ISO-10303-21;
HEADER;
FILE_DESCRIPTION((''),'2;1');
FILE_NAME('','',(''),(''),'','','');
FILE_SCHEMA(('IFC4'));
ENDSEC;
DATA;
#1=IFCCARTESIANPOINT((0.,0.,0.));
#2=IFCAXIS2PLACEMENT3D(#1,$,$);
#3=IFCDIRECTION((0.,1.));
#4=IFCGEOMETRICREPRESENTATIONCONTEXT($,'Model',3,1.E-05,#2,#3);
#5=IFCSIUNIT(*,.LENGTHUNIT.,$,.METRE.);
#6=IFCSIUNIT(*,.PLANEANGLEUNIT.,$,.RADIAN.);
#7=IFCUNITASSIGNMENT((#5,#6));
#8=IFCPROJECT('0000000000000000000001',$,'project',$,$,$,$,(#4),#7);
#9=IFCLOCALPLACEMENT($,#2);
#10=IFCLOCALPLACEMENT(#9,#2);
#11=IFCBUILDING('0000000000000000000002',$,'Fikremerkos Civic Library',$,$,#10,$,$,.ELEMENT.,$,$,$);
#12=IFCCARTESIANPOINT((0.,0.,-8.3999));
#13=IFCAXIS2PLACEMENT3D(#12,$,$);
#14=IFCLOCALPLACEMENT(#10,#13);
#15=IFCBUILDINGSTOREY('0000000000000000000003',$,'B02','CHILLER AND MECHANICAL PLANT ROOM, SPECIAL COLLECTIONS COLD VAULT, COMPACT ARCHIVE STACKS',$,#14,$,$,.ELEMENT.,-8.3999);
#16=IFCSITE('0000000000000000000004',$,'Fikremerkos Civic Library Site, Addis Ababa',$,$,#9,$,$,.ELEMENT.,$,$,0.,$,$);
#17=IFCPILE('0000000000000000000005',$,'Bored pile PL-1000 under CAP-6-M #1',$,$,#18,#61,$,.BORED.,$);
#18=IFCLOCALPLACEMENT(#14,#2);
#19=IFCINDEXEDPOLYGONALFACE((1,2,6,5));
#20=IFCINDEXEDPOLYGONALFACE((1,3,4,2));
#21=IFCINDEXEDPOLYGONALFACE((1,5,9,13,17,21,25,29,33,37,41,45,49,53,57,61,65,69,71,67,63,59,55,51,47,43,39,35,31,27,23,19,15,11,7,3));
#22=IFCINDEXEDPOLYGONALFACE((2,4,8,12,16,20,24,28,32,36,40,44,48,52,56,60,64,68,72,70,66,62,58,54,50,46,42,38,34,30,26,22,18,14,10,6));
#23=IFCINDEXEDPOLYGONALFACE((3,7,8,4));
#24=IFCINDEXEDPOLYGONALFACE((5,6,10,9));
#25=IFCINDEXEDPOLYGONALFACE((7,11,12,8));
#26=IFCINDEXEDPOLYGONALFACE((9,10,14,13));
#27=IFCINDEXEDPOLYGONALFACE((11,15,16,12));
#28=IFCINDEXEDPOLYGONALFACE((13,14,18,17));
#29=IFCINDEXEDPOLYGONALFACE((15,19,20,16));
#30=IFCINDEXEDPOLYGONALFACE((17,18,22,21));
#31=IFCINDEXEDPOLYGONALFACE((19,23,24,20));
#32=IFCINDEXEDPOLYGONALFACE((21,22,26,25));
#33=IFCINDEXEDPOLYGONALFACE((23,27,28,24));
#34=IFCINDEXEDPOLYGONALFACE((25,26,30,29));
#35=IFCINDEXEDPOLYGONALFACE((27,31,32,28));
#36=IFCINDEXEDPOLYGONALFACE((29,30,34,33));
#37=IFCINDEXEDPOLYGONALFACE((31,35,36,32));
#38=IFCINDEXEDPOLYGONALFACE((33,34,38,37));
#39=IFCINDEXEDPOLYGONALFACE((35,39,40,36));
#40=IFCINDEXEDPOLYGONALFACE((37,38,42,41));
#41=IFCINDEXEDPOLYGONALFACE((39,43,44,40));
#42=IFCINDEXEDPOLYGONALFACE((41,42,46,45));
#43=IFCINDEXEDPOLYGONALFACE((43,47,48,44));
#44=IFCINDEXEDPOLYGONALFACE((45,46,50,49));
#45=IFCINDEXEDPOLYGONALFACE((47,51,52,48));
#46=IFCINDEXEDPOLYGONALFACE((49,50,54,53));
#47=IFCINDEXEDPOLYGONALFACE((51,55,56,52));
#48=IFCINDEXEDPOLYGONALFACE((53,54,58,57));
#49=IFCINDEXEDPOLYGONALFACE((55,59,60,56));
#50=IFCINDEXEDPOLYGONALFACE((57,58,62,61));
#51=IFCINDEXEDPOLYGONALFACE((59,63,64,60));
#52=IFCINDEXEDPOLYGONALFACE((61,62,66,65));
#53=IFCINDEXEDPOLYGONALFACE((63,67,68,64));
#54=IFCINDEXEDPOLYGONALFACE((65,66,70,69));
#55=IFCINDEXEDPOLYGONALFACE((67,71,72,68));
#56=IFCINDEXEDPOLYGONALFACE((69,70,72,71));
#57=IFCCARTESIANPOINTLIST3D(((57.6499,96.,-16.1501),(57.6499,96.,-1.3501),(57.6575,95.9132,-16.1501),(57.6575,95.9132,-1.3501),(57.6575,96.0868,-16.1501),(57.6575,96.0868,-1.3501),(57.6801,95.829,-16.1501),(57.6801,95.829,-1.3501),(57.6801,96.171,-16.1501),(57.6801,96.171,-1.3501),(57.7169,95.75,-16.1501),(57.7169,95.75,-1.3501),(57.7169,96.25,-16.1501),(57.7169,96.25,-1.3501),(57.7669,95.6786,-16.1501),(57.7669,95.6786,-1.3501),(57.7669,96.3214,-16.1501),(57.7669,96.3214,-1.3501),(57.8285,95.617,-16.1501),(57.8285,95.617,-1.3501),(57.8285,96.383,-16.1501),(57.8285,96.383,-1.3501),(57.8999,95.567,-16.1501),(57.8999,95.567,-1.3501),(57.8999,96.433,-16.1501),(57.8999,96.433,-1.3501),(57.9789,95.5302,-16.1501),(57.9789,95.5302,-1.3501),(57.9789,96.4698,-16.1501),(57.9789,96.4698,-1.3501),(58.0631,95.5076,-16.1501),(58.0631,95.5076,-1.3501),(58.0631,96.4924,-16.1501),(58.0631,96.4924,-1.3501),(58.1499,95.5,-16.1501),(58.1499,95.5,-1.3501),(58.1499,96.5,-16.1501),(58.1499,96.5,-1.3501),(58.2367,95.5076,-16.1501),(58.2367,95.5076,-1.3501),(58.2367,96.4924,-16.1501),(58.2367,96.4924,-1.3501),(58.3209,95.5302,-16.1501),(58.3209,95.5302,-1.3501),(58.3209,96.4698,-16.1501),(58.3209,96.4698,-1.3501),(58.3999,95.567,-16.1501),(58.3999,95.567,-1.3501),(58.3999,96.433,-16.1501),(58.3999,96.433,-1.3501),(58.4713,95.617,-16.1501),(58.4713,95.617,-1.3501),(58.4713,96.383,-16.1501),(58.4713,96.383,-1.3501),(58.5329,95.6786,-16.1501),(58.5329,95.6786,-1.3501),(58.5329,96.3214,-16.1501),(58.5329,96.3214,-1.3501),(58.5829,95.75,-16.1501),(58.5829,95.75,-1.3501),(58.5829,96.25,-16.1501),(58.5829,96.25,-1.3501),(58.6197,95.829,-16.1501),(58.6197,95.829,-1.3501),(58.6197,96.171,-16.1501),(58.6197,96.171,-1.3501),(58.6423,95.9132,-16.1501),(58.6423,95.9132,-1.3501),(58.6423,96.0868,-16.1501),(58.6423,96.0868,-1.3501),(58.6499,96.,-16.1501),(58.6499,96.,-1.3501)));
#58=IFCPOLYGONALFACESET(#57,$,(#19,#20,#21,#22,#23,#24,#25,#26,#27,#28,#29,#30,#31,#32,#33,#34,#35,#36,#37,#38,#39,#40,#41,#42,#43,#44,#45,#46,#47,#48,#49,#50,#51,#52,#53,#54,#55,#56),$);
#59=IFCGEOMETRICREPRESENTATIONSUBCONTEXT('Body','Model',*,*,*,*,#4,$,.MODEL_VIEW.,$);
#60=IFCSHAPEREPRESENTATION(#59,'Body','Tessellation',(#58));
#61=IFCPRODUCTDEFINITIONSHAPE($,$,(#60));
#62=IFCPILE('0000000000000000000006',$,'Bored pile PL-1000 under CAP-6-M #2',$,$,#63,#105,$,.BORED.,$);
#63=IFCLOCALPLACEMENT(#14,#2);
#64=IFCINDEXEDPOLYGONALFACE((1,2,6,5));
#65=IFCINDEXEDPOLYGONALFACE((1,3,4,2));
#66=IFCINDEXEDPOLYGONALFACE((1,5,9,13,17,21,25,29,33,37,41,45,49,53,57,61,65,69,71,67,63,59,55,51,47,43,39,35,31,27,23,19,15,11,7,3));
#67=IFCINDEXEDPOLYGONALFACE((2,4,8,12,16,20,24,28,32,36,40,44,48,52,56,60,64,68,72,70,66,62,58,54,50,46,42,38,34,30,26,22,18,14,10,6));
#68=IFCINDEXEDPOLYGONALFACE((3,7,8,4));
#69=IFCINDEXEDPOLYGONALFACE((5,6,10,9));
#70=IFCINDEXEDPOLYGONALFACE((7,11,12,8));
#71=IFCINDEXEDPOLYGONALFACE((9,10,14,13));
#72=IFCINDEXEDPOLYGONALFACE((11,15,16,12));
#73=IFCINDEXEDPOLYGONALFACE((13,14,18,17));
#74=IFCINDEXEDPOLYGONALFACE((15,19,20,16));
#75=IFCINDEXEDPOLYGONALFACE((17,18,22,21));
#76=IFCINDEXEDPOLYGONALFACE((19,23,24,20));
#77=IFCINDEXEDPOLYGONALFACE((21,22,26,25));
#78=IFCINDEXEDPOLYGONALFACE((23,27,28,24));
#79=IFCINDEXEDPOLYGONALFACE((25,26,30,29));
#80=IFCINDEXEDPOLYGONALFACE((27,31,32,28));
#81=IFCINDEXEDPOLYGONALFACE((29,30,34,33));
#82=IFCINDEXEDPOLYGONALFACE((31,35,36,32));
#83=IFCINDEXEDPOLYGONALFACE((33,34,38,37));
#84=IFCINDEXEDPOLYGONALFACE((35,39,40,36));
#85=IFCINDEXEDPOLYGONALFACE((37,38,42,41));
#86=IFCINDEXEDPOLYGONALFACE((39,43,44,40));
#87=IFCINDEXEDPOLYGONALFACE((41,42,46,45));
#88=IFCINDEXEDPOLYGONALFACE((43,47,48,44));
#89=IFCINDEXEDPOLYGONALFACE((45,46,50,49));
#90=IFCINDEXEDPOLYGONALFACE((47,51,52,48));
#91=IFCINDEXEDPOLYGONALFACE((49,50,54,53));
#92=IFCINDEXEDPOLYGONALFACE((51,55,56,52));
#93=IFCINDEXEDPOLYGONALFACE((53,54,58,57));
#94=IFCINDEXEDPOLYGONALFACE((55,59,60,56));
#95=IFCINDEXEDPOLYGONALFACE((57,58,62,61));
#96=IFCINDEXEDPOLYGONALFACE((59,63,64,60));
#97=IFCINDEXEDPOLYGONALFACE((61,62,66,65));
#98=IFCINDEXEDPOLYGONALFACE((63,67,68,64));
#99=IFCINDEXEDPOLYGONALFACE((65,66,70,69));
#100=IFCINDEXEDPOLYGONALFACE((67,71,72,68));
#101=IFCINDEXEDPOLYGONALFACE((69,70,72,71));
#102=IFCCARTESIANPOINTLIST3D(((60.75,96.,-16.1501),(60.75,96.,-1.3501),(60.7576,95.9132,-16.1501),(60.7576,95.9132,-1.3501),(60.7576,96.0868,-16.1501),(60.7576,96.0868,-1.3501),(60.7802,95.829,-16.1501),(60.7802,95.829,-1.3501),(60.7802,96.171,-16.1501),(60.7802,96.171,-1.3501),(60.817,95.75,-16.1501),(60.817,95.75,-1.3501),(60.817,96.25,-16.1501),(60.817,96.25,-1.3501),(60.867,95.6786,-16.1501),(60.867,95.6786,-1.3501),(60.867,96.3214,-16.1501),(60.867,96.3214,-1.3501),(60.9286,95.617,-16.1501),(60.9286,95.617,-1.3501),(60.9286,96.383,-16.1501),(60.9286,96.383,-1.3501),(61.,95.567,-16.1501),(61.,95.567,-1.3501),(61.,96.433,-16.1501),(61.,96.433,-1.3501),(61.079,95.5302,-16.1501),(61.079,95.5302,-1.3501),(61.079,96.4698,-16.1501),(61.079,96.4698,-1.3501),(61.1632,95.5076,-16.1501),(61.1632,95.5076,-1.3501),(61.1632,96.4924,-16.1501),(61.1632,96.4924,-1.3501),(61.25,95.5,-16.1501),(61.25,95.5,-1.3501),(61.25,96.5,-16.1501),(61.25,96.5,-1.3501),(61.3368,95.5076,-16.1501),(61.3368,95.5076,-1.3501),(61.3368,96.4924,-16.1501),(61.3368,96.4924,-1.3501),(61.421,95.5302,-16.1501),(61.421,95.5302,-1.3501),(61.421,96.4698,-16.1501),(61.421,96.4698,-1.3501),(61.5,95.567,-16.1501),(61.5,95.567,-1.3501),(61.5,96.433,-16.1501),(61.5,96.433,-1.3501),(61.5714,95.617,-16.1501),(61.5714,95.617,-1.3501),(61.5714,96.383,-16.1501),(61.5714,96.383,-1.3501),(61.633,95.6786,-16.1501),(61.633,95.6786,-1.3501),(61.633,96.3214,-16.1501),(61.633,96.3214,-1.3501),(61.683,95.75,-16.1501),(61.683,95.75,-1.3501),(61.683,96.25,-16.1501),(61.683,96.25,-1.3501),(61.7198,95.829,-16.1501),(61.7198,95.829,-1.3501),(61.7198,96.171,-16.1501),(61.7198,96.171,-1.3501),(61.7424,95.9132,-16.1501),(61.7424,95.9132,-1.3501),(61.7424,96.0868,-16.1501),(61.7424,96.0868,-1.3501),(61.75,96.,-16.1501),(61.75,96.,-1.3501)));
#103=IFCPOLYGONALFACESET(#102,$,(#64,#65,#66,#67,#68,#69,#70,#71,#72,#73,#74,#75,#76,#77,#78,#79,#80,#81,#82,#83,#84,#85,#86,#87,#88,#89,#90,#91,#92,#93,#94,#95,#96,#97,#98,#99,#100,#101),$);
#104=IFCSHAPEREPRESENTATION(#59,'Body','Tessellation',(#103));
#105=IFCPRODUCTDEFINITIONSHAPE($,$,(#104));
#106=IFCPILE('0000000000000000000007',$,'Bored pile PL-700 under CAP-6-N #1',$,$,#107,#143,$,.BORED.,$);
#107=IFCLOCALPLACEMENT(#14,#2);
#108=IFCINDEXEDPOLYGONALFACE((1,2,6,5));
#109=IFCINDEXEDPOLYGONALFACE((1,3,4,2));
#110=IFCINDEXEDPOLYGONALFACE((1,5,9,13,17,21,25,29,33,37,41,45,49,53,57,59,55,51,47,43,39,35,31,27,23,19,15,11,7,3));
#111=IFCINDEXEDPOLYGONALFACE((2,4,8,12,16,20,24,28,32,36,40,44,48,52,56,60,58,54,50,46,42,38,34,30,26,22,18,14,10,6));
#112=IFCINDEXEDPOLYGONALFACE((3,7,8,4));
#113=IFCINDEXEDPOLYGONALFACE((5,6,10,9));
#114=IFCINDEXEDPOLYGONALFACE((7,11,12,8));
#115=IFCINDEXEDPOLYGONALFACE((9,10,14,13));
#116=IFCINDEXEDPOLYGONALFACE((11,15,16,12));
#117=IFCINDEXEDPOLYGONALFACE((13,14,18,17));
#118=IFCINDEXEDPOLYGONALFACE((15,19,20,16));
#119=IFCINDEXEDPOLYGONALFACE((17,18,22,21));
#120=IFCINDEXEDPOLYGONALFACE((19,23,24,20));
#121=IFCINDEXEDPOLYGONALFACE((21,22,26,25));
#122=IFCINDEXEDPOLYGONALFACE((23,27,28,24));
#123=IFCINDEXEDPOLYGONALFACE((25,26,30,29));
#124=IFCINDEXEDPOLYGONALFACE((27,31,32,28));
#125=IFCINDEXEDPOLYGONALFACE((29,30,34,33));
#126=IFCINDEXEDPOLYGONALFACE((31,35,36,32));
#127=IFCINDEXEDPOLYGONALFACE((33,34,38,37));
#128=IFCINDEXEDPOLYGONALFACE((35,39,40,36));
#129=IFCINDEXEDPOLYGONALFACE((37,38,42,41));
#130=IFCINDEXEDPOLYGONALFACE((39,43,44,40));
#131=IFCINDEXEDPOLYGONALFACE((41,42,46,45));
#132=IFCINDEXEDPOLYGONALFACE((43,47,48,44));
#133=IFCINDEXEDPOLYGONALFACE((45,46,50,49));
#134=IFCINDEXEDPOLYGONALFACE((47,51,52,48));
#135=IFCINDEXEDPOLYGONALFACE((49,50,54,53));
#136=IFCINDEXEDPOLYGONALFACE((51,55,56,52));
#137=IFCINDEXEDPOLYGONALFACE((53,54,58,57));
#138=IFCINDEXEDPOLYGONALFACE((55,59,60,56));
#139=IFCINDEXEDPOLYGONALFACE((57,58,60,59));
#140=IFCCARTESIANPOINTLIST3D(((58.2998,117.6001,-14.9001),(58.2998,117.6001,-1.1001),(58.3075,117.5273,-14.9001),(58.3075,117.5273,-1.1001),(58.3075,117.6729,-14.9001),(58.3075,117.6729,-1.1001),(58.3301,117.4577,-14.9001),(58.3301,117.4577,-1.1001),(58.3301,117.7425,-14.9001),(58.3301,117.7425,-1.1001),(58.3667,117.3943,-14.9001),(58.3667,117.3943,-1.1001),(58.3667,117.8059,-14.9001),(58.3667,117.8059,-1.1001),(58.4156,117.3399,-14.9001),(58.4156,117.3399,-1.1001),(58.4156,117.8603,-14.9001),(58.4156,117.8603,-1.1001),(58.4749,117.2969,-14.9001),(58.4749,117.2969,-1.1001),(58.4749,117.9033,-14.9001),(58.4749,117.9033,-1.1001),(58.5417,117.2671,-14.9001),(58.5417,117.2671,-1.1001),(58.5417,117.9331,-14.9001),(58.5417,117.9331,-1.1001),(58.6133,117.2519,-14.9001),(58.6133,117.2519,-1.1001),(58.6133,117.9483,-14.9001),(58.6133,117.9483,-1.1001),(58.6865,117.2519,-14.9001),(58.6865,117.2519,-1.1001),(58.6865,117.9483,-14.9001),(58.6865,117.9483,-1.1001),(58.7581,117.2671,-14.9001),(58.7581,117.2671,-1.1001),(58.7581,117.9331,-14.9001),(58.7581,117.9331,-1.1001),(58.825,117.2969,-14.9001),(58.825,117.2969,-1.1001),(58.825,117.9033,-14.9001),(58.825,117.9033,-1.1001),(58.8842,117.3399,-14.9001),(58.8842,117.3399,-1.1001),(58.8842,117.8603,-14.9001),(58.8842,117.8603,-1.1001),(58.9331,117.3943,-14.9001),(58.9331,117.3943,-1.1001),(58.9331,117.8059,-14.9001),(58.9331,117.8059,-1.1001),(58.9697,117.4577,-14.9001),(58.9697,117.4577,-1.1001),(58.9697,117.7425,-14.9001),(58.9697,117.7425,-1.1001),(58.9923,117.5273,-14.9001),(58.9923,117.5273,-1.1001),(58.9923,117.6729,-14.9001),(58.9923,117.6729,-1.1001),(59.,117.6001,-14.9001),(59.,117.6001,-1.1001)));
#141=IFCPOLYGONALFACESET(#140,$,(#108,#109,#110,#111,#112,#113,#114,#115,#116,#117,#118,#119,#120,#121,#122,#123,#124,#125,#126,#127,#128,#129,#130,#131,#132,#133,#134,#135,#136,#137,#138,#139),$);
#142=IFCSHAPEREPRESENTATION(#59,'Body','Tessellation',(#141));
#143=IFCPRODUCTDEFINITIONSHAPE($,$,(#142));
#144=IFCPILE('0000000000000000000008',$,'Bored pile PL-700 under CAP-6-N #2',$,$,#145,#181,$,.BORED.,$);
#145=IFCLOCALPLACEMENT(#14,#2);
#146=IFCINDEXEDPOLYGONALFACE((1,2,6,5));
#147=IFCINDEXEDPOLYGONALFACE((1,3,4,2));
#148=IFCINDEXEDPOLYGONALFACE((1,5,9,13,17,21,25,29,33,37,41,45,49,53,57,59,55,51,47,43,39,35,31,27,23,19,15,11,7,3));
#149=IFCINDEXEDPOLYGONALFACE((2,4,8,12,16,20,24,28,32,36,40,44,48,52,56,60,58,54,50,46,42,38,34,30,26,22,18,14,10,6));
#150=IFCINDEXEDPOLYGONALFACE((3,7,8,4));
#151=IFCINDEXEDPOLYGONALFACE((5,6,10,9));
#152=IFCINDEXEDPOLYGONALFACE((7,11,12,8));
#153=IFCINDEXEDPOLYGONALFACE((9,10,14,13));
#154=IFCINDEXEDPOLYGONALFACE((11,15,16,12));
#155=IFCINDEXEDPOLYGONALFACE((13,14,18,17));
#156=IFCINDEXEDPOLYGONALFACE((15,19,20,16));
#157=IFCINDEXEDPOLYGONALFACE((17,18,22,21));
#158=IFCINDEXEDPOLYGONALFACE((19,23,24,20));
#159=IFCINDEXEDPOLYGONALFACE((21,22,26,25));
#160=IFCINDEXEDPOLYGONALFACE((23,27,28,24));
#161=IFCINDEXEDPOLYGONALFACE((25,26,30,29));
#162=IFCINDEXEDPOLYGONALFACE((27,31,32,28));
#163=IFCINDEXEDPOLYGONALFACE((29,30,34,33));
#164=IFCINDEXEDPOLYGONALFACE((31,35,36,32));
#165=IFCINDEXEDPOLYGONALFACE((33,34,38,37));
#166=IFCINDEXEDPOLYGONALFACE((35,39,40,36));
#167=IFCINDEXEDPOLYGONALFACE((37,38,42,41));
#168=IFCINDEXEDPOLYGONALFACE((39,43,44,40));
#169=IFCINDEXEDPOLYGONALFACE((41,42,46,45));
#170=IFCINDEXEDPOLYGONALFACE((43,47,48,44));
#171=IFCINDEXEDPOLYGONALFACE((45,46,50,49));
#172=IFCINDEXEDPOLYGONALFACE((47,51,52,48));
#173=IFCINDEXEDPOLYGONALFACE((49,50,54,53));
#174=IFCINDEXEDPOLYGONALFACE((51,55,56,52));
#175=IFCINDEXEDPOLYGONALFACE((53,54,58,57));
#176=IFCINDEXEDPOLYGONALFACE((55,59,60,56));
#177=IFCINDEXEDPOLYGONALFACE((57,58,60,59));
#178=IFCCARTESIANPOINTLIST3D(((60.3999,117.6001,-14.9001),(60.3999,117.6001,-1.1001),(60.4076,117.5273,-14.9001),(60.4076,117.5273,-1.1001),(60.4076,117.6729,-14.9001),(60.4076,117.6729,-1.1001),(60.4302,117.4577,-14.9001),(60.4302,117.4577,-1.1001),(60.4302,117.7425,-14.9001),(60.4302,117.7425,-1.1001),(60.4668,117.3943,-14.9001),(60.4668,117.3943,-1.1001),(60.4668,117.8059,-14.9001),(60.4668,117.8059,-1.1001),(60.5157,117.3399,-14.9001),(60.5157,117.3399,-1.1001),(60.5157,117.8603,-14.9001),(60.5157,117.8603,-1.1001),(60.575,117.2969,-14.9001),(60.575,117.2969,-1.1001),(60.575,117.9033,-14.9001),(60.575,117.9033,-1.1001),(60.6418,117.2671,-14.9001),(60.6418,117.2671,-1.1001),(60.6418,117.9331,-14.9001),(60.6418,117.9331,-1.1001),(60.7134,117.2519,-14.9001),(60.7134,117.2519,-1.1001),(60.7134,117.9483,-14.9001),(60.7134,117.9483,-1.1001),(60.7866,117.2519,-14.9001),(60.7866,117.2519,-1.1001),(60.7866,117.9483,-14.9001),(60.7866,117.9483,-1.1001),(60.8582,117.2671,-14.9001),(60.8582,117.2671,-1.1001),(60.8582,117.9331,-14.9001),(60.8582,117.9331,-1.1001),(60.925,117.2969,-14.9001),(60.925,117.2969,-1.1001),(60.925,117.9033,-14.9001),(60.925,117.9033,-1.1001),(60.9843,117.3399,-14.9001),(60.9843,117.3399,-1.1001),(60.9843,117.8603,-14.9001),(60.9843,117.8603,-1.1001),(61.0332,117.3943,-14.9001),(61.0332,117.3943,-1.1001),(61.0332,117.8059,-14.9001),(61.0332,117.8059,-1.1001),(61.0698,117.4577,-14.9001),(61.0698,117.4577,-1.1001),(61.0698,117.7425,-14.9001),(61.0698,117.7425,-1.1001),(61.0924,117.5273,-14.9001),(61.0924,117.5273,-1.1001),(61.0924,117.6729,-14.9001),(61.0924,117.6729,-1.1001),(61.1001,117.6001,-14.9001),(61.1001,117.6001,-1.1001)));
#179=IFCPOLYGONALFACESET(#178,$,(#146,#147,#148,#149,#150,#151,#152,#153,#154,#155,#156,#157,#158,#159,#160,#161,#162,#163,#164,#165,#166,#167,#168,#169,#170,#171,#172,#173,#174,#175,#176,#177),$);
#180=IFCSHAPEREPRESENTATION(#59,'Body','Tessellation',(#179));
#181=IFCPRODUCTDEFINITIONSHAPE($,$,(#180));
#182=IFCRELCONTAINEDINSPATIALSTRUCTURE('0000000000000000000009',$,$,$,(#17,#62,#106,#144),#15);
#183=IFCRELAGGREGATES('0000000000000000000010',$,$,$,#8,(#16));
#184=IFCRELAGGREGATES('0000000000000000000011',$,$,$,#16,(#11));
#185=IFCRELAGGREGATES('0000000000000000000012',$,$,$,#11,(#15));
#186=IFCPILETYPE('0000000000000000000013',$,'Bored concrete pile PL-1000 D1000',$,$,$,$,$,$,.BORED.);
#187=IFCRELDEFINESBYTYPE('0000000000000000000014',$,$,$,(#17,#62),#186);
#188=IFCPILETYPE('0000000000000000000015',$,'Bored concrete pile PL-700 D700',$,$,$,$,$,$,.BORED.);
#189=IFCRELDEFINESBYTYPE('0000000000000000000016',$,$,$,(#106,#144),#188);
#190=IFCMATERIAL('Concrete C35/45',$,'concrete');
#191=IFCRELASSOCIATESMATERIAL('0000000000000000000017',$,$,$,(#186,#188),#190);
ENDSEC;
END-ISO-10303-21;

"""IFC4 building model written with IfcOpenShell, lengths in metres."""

from ifc_helpers import new_model, si_unit, direction, frame, origin, origin_2d, place, context, subcontext, project, spatial, circle, extrude, material, material_profile, profile_set, type_object, element, save


model = new_model("IFC4")

# Units and contexts
model_context = context("Model", 3, precision=1e-05, world=origin(), true_north=direction((0.0, 1.0)))
body_context = subcontext(model_context, "Body", "Model", "MODEL_VIEW")
ifc_project = project(units=[si_unit("LENGTHUNIT", "METRE"), si_unit("PLANEANGLEUNIT", "RADIAN")], contexts=[model_context])

# Site, building, storey
site_placement = place(None, origin())
site = spatial("IfcSite", under=ifc_project, at=site_placement, Name="Fikremerkos Civic Library Site, Addis Ababa", CompositionType="ELEMENT", RefElevation=0.0)
building_placement = place(site_placement, origin())
building = spatial("IfcBuilding", under=site, at=building_placement, Name="Fikremerkos Civic Library", CompositionType="ELEMENT")
storey_placement = place(building_placement, frame((0.0, 0.0, -8.3999)))
storey = spatial("IfcBuildingStorey", under=building, at=storey_placement, Name="B02", Description="CHILLER AND MECHANICAL PLANT ROOM, SPECIAL COLLECTIONS COLD VAULT, COMPACT ARCHIVE STACKS", CompositionType="ELEMENT", Elevation=-8.3999)

# Piles
ifc_material_1 = material(Name="Concrete C35/45", Category="concrete")
ifc_material_profile_1 = material_profile(ifc_material_1, circle(Radius=0.5, at=origin_2d()), Name="BORED PILE 1000")
ifc_profile_set_1 = profile_set([ifc_material_profile_1], Name="Concrete C35/45")
pile_type_1 = type_object("IfcPileType", Name="Bored concrete pile PL-1000 D1000", PredefinedType="BORED", material=ifc_profile_set_1)
for number, where, z_axis, x_axis, name in (
    (1, (58.1499, 96.0, -1.3501), (0.0, 0.0, -1.0), (1.0, 0.0, 0.0), "Bored pile PL-1000 under CAP-6-M #1"),
    (2, (61.25, 96.0, -1.3501), (0.0, 0.0, -1.0), (1.0, 0.0, 0.0), "Bored pile PL-1000 under CAP-6-M #2"),
):
    element("IfcPile", number, at=place(storey_placement, frame(where, z_axis=z_axis, x_axis=x_axis)), inside=storey, type_object=pile_type_1, Name=name, PredefinedType="BORED", context=body_context, shape_type="SweptSolid", body=[
        extrude(circle(Radius=0.5, at=origin_2d()), origin(), (0.0, 0.0, 1.0), 14.8),
    ])
ifc_material_profile_2 = material_profile(ifc_material_1, circle(Radius=0.3501, at=origin_2d()), Name="BORED PILE 700")
ifc_profile_set_2 = profile_set([ifc_material_profile_2], Name="Concrete C35/45")
pile_type_2 = type_object("IfcPileType", Name="Bored concrete pile PL-700 D700", PredefinedType="BORED", material=ifc_profile_set_2)
for number, where, z_axis, x_axis, name in (
    (3, (58.6499, 117.6001, -1.1001), (0.0, 0.0, -1.0), (1.0, 0.0, 0.0), "Bored pile PL-700 under CAP-6-N #1"),
    (4, (60.75, 117.6001, -1.1001), (0.0, 0.0, -1.0), (1.0, 0.0, 0.0), "Bored pile PL-700 under CAP-6-N #2"),
):
    element("IfcPile", number, at=place(storey_placement, frame(where, z_axis=z_axis, x_axis=x_axis)), inside=storey, type_object=pile_type_2, Name=name, PredefinedType="BORED", context=body_context, shape_type="SweptSolid", body=[
        extrude(circle(Radius=0.3501, at=origin_2d()), origin(), (0.0, 0.0, 1.0), 13.8),
    ])

save(model, "model.ifc")
